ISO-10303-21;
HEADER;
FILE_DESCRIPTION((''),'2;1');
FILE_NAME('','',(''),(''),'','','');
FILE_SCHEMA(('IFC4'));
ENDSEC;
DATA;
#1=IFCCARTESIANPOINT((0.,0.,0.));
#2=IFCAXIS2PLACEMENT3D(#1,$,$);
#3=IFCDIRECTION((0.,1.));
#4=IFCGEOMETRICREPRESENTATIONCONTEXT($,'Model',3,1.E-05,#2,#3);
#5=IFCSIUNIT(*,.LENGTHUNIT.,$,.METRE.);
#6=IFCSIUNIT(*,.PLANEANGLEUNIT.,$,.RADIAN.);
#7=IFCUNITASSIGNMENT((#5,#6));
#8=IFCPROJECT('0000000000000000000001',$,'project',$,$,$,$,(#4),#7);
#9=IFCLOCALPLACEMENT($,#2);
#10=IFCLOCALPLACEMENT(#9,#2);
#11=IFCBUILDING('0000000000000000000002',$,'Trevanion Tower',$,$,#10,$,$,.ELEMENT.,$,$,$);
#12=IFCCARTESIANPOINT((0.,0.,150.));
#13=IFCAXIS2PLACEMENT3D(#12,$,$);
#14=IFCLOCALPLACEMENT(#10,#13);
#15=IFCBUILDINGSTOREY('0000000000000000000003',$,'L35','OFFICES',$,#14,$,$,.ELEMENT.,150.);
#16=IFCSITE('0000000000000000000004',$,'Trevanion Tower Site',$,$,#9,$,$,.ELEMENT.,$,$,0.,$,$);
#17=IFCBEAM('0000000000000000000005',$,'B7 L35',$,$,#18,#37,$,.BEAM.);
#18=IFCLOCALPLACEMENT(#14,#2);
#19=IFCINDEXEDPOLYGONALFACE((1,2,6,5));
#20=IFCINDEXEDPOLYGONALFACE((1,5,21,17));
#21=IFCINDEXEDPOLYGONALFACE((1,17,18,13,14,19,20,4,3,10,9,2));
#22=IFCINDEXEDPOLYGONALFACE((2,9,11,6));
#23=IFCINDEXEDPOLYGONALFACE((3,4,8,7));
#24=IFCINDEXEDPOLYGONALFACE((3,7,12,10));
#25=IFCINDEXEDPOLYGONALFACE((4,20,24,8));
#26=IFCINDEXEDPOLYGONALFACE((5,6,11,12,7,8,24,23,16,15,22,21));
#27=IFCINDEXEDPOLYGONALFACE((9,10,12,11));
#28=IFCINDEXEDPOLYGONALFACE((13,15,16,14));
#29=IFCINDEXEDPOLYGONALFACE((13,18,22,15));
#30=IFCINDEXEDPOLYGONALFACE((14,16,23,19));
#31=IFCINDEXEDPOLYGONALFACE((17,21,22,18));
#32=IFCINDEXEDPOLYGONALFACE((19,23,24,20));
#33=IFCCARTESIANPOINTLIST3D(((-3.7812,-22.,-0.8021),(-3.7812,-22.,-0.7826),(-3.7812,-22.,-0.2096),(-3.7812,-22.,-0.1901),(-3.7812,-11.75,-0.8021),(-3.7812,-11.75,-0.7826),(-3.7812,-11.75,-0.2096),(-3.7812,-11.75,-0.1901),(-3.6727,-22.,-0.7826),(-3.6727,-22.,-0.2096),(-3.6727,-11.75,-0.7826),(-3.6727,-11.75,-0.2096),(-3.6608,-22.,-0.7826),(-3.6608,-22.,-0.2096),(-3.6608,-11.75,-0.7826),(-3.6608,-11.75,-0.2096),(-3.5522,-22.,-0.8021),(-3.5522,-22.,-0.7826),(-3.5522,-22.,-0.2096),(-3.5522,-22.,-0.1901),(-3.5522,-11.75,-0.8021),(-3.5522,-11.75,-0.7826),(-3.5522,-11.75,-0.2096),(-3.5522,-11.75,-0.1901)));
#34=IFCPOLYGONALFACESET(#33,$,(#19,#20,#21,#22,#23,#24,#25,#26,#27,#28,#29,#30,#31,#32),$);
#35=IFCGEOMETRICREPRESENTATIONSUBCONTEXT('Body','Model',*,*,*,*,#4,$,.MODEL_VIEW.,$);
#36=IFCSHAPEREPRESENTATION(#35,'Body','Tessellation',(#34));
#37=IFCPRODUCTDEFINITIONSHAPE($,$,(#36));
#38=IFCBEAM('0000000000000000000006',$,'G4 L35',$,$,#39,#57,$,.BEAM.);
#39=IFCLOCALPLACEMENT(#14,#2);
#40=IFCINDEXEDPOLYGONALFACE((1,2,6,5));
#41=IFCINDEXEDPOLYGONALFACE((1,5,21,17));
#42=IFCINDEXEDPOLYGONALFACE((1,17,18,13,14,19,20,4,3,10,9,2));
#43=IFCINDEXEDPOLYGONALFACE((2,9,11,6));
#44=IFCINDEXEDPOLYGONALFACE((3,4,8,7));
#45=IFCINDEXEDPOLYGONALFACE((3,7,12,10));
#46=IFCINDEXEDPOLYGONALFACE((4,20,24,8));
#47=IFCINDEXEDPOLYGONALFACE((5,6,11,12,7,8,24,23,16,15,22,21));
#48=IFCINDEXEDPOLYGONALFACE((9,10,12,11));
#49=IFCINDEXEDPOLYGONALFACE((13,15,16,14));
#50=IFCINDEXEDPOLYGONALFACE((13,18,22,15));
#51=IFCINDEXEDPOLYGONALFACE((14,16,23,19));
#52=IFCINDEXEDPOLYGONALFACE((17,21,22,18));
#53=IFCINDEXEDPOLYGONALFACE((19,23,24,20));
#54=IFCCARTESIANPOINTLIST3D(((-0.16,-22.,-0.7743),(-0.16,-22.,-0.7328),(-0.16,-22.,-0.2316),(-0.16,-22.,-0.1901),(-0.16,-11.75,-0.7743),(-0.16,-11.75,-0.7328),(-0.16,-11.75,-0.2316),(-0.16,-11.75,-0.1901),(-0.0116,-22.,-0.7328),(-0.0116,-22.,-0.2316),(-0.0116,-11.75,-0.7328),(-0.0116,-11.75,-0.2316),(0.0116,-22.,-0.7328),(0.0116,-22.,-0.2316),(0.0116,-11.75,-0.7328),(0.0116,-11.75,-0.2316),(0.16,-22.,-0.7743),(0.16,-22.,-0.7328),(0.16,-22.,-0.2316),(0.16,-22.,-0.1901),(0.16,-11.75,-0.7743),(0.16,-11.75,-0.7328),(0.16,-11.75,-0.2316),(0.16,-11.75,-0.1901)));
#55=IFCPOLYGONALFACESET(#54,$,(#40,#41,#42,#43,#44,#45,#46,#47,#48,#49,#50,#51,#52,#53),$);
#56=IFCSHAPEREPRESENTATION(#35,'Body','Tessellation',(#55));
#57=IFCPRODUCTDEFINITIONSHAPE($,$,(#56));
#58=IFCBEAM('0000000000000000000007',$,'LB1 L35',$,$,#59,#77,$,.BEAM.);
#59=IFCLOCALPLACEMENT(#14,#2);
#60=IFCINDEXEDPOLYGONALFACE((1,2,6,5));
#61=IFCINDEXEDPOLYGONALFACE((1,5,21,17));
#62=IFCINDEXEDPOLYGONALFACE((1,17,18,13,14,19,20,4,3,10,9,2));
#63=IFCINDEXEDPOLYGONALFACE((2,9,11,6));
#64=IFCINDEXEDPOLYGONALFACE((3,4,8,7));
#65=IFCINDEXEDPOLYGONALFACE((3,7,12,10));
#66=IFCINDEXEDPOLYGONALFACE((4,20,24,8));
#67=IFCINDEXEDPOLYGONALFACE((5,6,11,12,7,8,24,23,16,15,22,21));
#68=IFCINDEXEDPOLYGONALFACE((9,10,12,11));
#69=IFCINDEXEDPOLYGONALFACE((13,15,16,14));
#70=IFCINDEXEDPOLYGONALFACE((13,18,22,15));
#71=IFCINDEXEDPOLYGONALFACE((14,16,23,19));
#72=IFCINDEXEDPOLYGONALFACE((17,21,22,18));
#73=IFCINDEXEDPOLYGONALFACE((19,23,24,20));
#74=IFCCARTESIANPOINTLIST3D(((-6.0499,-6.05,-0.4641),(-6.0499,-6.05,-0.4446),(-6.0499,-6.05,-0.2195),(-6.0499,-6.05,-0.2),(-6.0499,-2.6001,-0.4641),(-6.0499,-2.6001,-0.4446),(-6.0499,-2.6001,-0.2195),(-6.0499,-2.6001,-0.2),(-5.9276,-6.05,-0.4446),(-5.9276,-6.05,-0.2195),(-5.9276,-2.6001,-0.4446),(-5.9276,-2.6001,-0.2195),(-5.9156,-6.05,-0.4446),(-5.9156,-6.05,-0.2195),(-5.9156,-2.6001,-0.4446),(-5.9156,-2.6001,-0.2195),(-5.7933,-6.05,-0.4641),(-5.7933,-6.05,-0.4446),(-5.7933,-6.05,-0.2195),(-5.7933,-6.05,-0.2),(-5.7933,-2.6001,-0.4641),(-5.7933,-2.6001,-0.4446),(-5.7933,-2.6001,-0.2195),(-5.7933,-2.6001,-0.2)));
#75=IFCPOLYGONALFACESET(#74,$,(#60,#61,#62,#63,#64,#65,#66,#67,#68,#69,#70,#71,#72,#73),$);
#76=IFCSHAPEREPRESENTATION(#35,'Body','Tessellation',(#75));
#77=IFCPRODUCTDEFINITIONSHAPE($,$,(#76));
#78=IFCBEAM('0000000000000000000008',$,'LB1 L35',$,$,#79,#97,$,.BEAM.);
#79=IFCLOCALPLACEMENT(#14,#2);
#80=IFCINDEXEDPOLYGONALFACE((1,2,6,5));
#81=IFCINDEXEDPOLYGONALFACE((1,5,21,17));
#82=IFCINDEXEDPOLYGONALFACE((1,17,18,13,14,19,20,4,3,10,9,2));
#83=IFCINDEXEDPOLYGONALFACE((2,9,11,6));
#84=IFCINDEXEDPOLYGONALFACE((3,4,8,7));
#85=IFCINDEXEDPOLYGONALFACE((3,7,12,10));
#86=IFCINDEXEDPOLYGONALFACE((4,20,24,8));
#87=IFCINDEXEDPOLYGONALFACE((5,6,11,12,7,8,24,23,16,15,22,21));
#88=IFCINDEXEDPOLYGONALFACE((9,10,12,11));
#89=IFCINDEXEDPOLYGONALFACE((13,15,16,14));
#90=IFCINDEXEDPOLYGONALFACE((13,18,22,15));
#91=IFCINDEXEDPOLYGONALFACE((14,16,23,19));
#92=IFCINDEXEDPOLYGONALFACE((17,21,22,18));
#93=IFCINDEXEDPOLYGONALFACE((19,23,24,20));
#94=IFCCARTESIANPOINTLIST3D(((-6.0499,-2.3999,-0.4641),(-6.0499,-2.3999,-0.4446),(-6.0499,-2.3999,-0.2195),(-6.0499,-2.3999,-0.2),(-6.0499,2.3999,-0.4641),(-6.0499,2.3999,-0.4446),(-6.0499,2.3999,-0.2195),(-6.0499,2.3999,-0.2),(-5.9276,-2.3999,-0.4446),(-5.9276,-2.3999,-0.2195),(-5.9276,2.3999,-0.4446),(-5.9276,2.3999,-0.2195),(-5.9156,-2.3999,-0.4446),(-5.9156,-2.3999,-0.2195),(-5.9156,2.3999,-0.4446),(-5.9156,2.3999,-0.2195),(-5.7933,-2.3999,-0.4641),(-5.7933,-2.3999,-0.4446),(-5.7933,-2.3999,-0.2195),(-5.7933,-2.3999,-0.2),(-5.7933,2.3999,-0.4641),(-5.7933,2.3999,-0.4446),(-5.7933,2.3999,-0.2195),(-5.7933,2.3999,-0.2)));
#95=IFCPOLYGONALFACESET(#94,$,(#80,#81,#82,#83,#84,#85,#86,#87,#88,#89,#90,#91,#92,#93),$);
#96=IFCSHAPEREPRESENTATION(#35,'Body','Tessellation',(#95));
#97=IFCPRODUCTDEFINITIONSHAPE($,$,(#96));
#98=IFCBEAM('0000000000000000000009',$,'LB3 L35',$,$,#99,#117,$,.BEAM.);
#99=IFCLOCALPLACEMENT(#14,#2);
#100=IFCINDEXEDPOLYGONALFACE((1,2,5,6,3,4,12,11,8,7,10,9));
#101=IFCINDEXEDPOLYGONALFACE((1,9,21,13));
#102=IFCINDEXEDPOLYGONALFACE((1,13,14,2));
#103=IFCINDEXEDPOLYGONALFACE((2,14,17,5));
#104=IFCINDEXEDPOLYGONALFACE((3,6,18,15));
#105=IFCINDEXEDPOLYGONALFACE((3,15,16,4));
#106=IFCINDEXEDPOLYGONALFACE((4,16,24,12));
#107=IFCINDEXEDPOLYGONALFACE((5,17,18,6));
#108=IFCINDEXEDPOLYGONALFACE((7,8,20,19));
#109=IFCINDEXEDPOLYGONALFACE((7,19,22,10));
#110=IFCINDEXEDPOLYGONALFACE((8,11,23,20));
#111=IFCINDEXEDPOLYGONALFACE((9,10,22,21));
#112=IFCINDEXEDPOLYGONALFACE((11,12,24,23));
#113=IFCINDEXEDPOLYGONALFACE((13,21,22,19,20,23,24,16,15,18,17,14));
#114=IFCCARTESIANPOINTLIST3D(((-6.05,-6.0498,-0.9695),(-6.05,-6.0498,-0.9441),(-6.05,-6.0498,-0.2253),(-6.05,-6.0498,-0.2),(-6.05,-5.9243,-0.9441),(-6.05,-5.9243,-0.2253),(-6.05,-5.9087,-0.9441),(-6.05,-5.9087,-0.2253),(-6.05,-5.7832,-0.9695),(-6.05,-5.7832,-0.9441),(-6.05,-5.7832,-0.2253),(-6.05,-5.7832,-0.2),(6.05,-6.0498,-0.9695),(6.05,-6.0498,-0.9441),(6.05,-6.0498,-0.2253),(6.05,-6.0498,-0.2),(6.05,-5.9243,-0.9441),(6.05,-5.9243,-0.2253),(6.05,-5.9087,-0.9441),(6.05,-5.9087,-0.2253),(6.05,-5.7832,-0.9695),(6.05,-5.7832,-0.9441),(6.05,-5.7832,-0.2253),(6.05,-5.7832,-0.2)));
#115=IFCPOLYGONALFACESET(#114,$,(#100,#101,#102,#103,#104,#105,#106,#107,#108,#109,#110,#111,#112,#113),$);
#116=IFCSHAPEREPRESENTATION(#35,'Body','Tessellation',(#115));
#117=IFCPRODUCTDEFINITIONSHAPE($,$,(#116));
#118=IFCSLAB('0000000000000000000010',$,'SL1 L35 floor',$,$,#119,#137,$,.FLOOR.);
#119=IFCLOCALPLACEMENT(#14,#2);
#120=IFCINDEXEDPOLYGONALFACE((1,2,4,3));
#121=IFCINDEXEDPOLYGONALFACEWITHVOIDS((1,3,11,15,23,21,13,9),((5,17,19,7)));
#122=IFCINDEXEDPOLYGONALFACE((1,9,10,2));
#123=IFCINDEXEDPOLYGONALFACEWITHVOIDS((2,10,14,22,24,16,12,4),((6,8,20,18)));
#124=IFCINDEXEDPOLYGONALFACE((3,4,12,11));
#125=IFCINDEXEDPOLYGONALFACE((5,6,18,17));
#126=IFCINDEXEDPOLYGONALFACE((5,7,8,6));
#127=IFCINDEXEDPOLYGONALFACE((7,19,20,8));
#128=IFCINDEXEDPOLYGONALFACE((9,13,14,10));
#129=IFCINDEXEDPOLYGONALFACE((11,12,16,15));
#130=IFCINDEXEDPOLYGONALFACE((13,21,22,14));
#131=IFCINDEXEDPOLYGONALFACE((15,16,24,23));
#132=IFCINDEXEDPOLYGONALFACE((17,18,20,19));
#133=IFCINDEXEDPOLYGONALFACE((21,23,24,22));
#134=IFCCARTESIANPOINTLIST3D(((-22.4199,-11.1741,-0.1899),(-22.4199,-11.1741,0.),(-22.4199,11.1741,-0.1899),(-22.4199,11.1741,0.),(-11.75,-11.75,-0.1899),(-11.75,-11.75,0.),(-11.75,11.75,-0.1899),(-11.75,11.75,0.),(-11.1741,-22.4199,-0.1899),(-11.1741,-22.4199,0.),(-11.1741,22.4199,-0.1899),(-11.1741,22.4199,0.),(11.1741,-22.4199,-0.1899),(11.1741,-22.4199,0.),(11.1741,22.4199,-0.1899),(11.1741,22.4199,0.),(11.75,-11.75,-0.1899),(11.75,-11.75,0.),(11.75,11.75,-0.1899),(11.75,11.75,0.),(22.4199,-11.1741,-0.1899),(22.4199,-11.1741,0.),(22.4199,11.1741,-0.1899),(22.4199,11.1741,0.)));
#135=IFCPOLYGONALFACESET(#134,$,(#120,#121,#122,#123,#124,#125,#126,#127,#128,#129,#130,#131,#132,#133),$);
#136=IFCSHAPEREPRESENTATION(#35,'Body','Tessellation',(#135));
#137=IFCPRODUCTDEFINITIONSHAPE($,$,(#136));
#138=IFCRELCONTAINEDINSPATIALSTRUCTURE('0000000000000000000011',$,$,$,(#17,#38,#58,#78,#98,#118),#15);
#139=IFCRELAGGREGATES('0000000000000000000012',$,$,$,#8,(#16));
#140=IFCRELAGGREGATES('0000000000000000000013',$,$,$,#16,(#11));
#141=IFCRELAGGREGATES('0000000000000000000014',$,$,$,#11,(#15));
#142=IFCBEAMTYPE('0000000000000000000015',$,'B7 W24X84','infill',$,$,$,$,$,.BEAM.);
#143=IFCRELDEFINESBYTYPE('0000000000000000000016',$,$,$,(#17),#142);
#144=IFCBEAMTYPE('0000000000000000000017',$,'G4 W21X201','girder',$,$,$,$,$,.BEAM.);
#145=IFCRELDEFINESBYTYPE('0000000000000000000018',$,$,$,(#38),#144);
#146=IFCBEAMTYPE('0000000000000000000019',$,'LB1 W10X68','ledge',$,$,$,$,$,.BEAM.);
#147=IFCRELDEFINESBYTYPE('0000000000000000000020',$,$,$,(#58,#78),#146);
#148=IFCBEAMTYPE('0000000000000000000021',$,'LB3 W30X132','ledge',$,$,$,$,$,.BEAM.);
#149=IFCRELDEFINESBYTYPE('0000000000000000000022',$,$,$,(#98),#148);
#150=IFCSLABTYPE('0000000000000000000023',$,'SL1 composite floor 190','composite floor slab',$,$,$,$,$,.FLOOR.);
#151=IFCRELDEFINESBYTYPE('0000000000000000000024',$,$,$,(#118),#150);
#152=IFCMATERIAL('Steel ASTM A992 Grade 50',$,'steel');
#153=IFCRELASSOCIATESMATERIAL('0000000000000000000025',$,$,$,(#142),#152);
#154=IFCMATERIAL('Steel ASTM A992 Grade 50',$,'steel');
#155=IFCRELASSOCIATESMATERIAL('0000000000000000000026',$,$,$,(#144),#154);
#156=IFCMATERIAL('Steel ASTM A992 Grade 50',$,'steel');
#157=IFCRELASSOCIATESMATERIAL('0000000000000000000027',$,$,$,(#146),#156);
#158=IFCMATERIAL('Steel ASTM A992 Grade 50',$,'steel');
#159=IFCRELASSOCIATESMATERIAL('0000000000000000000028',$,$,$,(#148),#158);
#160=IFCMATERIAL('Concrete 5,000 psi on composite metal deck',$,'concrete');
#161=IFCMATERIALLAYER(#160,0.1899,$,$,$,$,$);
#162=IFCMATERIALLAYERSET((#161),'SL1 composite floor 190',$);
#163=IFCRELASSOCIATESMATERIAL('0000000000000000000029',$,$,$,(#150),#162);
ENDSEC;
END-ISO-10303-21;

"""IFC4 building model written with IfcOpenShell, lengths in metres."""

from ifc_helpers import new_model, si_unit, direction, frame, origin, origin_2d, place, context, subcontext, project, spatial, polyline, i_section, outline, extrude, material, layer, layer_set, material_profile, profile_set, type_object, element, save


model = new_model("IFC4")

# Units and contexts
model_context = context("Model", 3, precision=1e-05, world=origin(), true_north=direction((0.0, 1.0)))
body_context = subcontext(model_context, "Body", "Model", "MODEL_VIEW")
ifc_project = project(units=[si_unit("LENGTHUNIT", "METRE"), si_unit("PLANEANGLEUNIT", "RADIAN")], contexts=[model_context])

# Site, building, storey
site_placement = place(None, origin())
site = spatial("IfcSite", under=ifc_project, at=site_placement, Name="Trevanion Tower Site", CompositionType="ELEMENT", RefElevation=0.0)
building_placement = place(site_placement, origin())
building = spatial("IfcBuilding", under=site, at=building_placement, Name="Trevanion Tower", CompositionType="ELEMENT")
storey_placement = place(building_placement, frame((0.0, 0.0, 150.0)))
storey = spatial("IfcBuildingStorey", under=building, at=storey_placement, Name="L35", Description="OFFICES", CompositionType="ELEMENT", Elevation=150.0)

# Beams
ifc_material_1 = material(Name="Steel ASTM A992 Grade 50", Category="steel")
ifc_material_profile_1 = material_profile(ifc_material_1, i_section(OverallWidth=0.229, OverallDepth=0.6121, WebThickness=0.012, FlangeThickness=0.0195, at=origin_2d()), Name="W24X84")
ifc_profile_set_1 = profile_set([ifc_material_profile_1], Name="Steel ASTM A992 Grade 50")
beam_type_1 = type_object("IfcBeamType", Name="B7 W24X84", Description="infill", PredefinedType="BEAM", material=ifc_profile_set_1)
beam_1_placement = place(storey_placement, frame((-3.6667, -11.75, -0.4961), z_axis=(0.0, -1.0, 0.0), x_axis=(1.0, 0.0, 0.0)))
element("IfcBeam", 1, at=beam_1_placement, inside=storey, type_object=beam_type_1, Name="B7 L35", PredefinedType="BEAM", context=body_context, shape_type="SweptSolid", body=[
    extrude(i_section(OverallWidth=0.229, OverallDepth=0.6121, WebThickness=0.012, FlangeThickness=0.0195, at=origin_2d()), origin(), (0.0, 0.0, 1.0), 10.25),
])
ifc_material_2 = material(Name="Steel ASTM A992 Grade 50", Category="steel")
ifc_material_profile_2 = material_profile(ifc_material_2, i_section(OverallWidth=0.3201, OverallDepth=0.5842, WebThickness=0.0232, FlangeThickness=0.0415, at=origin_2d()), Name="W21X201")
ifc_profile_set_2 = profile_set([ifc_material_profile_2], Name="Steel ASTM A992 Grade 50")
beam_type_2 = type_object("IfcBeamType", Name="G4 W21X201", Description="girder", PredefinedType="BEAM", material=ifc_profile_set_2)
beam_2_placement = place(storey_placement, frame((0.0, -11.75, -0.4822), z_axis=(0.0, -1.0, 0.0), x_axis=(1.0, 0.0, 0.0)))
element("IfcBeam", 2, at=beam_2_placement, inside=storey, type_object=beam_type_2, Name="G4 L35", PredefinedType="BEAM", context=body_context, shape_type="SweptSolid", body=[
    extrude(i_section(OverallWidth=0.3201, OverallDepth=0.5842, WebThickness=0.0232, FlangeThickness=0.0415, at=origin_2d()), origin(), (0.0, 0.0, 1.0), 10.25),
])
ifc_material_3 = material(Name="Steel ASTM A992 Grade 50", Category="steel")
ifc_material_profile_3 = material_profile(ifc_material_3, i_section(OverallWidth=0.2566, OverallDepth=0.2642, WebThickness=0.012, FlangeThickness=0.0195, at=origin_2d()), Name="W10X68")
ifc_profile_set_3 = profile_set([ifc_material_profile_3], Name="Steel ASTM A992 Grade 50")
beam_type_3 = type_object("IfcBeamType", Name="LB1 W10X68", Description="ledge", PredefinedType="BEAM", material=ifc_profile_set_3)
beam_3_placement = place(storey_placement, frame((-5.9216, -6.05, -0.332), z_axis=(0.0, 1.0, 0.0), x_axis=(-1.0, 0.0, 0.0)))
element("IfcBeam", 3, at=beam_3_placement, inside=storey, type_object=beam_type_3, Name="LB1 L35", PredefinedType="BEAM", context=body_context, shape_type="SweptSolid", body=[
    extrude(i_section(OverallWidth=0.2566, OverallDepth=0.2642, WebThickness=0.012, FlangeThickness=0.0195, at=origin_2d()), origin(), (0.0, 0.0, 1.0), 3.45),
])
beam_4_placement = place(storey_placement, frame((-5.9216, -2.3999, -0.332), z_axis=(0.0, 1.0, 0.0), x_axis=(-1.0, 0.0, 0.0)))
element("IfcBeam", 4, at=beam_4_placement, inside=storey, type_object=beam_type_3, Name="LB1 L35", PredefinedType="BEAM", context=body_context, shape_type="SweptSolid", body=[
    extrude(i_section(OverallWidth=0.2566, OverallDepth=0.2642, WebThickness=0.012, FlangeThickness=0.0195, at=origin_2d()), origin(), (0.0, 0.0, 1.0), 4.7998),
])
ifc_material_4 = material(Name="Steel ASTM A992 Grade 50", Category="steel")
ifc_material_profile_4 = material_profile(ifc_material_4, i_section(OverallWidth=0.2666, OverallDepth=0.7695, WebThickness=0.0156, FlangeThickness=0.0254, at=origin_2d()), Name="W30X132")
ifc_profile_set_4 = profile_set([ifc_material_profile_4], Name="Steel ASTM A992 Grade 50")
beam_type_4 = type_object("IfcBeamType", Name="LB3 W30X132", Description="ledge", PredefinedType="BEAM", material=ifc_profile_set_4)
beam_5_placement = place(storey_placement, frame((-6.05, -5.9165, -0.5847), z_axis=(1.0, 0.0, 0.0), x_axis=(0.0, 1.0, 0.0)))
element("IfcBeam", 5, at=beam_5_placement, inside=storey, type_object=beam_type_4, Name="LB3 L35", PredefinedType="BEAM", context=body_context, shape_type="SweptSolid", body=[
    extrude(i_section(OverallWidth=0.2666, OverallDepth=0.7695, WebThickness=0.0156, FlangeThickness=0.0254, at=origin_2d()), origin(), (0.0, 0.0, 1.0), 12.1001),
])

# Slab
ifc_material_5 = material(Name="Concrete 5,000 psi on composite metal deck", Category="concrete")
ifc_layer_1 = layer(ifc_material_5, 0.1899)
ifc_layer_set_1 = layer_set([ifc_layer_1], Name="SL1 composite floor 190")
slab_type = type_object("IfcSlabType", Name="SL1 composite floor 190", Description="composite floor slab", PredefinedType="FLOOR", material=ifc_layer_set_1)
slab_placement = place(storey_placement, frame((0.0, 0.0, -0.1899)))
element("IfcSlab", 6, at=slab_placement, inside=storey, type_object=slab_type, Name="SL1 L35 floor", PredefinedType="FLOOR", context=body_context, shape_type="SweptSolid", body=[
    extrude(outline(polyline([(22.4199, -11.1741), (22.4199, 11.1741), (11.1741, 22.4199), (-11.1741, 22.4199), (-22.4199, 11.1741), (-22.4199, -11.1741), (-11.1741, -22.4199), (11.1741, -22.4199), (22.4199, -11.1741)]), holes=[polyline([(11.75, -11.75), (11.75, 11.75), (-11.75, 11.75), (-11.75, -11.75), (11.75, -11.75)])]), origin(), (0.0, 0.0, 1.0), 0.1899),
])

save(model, "model.ifc")
